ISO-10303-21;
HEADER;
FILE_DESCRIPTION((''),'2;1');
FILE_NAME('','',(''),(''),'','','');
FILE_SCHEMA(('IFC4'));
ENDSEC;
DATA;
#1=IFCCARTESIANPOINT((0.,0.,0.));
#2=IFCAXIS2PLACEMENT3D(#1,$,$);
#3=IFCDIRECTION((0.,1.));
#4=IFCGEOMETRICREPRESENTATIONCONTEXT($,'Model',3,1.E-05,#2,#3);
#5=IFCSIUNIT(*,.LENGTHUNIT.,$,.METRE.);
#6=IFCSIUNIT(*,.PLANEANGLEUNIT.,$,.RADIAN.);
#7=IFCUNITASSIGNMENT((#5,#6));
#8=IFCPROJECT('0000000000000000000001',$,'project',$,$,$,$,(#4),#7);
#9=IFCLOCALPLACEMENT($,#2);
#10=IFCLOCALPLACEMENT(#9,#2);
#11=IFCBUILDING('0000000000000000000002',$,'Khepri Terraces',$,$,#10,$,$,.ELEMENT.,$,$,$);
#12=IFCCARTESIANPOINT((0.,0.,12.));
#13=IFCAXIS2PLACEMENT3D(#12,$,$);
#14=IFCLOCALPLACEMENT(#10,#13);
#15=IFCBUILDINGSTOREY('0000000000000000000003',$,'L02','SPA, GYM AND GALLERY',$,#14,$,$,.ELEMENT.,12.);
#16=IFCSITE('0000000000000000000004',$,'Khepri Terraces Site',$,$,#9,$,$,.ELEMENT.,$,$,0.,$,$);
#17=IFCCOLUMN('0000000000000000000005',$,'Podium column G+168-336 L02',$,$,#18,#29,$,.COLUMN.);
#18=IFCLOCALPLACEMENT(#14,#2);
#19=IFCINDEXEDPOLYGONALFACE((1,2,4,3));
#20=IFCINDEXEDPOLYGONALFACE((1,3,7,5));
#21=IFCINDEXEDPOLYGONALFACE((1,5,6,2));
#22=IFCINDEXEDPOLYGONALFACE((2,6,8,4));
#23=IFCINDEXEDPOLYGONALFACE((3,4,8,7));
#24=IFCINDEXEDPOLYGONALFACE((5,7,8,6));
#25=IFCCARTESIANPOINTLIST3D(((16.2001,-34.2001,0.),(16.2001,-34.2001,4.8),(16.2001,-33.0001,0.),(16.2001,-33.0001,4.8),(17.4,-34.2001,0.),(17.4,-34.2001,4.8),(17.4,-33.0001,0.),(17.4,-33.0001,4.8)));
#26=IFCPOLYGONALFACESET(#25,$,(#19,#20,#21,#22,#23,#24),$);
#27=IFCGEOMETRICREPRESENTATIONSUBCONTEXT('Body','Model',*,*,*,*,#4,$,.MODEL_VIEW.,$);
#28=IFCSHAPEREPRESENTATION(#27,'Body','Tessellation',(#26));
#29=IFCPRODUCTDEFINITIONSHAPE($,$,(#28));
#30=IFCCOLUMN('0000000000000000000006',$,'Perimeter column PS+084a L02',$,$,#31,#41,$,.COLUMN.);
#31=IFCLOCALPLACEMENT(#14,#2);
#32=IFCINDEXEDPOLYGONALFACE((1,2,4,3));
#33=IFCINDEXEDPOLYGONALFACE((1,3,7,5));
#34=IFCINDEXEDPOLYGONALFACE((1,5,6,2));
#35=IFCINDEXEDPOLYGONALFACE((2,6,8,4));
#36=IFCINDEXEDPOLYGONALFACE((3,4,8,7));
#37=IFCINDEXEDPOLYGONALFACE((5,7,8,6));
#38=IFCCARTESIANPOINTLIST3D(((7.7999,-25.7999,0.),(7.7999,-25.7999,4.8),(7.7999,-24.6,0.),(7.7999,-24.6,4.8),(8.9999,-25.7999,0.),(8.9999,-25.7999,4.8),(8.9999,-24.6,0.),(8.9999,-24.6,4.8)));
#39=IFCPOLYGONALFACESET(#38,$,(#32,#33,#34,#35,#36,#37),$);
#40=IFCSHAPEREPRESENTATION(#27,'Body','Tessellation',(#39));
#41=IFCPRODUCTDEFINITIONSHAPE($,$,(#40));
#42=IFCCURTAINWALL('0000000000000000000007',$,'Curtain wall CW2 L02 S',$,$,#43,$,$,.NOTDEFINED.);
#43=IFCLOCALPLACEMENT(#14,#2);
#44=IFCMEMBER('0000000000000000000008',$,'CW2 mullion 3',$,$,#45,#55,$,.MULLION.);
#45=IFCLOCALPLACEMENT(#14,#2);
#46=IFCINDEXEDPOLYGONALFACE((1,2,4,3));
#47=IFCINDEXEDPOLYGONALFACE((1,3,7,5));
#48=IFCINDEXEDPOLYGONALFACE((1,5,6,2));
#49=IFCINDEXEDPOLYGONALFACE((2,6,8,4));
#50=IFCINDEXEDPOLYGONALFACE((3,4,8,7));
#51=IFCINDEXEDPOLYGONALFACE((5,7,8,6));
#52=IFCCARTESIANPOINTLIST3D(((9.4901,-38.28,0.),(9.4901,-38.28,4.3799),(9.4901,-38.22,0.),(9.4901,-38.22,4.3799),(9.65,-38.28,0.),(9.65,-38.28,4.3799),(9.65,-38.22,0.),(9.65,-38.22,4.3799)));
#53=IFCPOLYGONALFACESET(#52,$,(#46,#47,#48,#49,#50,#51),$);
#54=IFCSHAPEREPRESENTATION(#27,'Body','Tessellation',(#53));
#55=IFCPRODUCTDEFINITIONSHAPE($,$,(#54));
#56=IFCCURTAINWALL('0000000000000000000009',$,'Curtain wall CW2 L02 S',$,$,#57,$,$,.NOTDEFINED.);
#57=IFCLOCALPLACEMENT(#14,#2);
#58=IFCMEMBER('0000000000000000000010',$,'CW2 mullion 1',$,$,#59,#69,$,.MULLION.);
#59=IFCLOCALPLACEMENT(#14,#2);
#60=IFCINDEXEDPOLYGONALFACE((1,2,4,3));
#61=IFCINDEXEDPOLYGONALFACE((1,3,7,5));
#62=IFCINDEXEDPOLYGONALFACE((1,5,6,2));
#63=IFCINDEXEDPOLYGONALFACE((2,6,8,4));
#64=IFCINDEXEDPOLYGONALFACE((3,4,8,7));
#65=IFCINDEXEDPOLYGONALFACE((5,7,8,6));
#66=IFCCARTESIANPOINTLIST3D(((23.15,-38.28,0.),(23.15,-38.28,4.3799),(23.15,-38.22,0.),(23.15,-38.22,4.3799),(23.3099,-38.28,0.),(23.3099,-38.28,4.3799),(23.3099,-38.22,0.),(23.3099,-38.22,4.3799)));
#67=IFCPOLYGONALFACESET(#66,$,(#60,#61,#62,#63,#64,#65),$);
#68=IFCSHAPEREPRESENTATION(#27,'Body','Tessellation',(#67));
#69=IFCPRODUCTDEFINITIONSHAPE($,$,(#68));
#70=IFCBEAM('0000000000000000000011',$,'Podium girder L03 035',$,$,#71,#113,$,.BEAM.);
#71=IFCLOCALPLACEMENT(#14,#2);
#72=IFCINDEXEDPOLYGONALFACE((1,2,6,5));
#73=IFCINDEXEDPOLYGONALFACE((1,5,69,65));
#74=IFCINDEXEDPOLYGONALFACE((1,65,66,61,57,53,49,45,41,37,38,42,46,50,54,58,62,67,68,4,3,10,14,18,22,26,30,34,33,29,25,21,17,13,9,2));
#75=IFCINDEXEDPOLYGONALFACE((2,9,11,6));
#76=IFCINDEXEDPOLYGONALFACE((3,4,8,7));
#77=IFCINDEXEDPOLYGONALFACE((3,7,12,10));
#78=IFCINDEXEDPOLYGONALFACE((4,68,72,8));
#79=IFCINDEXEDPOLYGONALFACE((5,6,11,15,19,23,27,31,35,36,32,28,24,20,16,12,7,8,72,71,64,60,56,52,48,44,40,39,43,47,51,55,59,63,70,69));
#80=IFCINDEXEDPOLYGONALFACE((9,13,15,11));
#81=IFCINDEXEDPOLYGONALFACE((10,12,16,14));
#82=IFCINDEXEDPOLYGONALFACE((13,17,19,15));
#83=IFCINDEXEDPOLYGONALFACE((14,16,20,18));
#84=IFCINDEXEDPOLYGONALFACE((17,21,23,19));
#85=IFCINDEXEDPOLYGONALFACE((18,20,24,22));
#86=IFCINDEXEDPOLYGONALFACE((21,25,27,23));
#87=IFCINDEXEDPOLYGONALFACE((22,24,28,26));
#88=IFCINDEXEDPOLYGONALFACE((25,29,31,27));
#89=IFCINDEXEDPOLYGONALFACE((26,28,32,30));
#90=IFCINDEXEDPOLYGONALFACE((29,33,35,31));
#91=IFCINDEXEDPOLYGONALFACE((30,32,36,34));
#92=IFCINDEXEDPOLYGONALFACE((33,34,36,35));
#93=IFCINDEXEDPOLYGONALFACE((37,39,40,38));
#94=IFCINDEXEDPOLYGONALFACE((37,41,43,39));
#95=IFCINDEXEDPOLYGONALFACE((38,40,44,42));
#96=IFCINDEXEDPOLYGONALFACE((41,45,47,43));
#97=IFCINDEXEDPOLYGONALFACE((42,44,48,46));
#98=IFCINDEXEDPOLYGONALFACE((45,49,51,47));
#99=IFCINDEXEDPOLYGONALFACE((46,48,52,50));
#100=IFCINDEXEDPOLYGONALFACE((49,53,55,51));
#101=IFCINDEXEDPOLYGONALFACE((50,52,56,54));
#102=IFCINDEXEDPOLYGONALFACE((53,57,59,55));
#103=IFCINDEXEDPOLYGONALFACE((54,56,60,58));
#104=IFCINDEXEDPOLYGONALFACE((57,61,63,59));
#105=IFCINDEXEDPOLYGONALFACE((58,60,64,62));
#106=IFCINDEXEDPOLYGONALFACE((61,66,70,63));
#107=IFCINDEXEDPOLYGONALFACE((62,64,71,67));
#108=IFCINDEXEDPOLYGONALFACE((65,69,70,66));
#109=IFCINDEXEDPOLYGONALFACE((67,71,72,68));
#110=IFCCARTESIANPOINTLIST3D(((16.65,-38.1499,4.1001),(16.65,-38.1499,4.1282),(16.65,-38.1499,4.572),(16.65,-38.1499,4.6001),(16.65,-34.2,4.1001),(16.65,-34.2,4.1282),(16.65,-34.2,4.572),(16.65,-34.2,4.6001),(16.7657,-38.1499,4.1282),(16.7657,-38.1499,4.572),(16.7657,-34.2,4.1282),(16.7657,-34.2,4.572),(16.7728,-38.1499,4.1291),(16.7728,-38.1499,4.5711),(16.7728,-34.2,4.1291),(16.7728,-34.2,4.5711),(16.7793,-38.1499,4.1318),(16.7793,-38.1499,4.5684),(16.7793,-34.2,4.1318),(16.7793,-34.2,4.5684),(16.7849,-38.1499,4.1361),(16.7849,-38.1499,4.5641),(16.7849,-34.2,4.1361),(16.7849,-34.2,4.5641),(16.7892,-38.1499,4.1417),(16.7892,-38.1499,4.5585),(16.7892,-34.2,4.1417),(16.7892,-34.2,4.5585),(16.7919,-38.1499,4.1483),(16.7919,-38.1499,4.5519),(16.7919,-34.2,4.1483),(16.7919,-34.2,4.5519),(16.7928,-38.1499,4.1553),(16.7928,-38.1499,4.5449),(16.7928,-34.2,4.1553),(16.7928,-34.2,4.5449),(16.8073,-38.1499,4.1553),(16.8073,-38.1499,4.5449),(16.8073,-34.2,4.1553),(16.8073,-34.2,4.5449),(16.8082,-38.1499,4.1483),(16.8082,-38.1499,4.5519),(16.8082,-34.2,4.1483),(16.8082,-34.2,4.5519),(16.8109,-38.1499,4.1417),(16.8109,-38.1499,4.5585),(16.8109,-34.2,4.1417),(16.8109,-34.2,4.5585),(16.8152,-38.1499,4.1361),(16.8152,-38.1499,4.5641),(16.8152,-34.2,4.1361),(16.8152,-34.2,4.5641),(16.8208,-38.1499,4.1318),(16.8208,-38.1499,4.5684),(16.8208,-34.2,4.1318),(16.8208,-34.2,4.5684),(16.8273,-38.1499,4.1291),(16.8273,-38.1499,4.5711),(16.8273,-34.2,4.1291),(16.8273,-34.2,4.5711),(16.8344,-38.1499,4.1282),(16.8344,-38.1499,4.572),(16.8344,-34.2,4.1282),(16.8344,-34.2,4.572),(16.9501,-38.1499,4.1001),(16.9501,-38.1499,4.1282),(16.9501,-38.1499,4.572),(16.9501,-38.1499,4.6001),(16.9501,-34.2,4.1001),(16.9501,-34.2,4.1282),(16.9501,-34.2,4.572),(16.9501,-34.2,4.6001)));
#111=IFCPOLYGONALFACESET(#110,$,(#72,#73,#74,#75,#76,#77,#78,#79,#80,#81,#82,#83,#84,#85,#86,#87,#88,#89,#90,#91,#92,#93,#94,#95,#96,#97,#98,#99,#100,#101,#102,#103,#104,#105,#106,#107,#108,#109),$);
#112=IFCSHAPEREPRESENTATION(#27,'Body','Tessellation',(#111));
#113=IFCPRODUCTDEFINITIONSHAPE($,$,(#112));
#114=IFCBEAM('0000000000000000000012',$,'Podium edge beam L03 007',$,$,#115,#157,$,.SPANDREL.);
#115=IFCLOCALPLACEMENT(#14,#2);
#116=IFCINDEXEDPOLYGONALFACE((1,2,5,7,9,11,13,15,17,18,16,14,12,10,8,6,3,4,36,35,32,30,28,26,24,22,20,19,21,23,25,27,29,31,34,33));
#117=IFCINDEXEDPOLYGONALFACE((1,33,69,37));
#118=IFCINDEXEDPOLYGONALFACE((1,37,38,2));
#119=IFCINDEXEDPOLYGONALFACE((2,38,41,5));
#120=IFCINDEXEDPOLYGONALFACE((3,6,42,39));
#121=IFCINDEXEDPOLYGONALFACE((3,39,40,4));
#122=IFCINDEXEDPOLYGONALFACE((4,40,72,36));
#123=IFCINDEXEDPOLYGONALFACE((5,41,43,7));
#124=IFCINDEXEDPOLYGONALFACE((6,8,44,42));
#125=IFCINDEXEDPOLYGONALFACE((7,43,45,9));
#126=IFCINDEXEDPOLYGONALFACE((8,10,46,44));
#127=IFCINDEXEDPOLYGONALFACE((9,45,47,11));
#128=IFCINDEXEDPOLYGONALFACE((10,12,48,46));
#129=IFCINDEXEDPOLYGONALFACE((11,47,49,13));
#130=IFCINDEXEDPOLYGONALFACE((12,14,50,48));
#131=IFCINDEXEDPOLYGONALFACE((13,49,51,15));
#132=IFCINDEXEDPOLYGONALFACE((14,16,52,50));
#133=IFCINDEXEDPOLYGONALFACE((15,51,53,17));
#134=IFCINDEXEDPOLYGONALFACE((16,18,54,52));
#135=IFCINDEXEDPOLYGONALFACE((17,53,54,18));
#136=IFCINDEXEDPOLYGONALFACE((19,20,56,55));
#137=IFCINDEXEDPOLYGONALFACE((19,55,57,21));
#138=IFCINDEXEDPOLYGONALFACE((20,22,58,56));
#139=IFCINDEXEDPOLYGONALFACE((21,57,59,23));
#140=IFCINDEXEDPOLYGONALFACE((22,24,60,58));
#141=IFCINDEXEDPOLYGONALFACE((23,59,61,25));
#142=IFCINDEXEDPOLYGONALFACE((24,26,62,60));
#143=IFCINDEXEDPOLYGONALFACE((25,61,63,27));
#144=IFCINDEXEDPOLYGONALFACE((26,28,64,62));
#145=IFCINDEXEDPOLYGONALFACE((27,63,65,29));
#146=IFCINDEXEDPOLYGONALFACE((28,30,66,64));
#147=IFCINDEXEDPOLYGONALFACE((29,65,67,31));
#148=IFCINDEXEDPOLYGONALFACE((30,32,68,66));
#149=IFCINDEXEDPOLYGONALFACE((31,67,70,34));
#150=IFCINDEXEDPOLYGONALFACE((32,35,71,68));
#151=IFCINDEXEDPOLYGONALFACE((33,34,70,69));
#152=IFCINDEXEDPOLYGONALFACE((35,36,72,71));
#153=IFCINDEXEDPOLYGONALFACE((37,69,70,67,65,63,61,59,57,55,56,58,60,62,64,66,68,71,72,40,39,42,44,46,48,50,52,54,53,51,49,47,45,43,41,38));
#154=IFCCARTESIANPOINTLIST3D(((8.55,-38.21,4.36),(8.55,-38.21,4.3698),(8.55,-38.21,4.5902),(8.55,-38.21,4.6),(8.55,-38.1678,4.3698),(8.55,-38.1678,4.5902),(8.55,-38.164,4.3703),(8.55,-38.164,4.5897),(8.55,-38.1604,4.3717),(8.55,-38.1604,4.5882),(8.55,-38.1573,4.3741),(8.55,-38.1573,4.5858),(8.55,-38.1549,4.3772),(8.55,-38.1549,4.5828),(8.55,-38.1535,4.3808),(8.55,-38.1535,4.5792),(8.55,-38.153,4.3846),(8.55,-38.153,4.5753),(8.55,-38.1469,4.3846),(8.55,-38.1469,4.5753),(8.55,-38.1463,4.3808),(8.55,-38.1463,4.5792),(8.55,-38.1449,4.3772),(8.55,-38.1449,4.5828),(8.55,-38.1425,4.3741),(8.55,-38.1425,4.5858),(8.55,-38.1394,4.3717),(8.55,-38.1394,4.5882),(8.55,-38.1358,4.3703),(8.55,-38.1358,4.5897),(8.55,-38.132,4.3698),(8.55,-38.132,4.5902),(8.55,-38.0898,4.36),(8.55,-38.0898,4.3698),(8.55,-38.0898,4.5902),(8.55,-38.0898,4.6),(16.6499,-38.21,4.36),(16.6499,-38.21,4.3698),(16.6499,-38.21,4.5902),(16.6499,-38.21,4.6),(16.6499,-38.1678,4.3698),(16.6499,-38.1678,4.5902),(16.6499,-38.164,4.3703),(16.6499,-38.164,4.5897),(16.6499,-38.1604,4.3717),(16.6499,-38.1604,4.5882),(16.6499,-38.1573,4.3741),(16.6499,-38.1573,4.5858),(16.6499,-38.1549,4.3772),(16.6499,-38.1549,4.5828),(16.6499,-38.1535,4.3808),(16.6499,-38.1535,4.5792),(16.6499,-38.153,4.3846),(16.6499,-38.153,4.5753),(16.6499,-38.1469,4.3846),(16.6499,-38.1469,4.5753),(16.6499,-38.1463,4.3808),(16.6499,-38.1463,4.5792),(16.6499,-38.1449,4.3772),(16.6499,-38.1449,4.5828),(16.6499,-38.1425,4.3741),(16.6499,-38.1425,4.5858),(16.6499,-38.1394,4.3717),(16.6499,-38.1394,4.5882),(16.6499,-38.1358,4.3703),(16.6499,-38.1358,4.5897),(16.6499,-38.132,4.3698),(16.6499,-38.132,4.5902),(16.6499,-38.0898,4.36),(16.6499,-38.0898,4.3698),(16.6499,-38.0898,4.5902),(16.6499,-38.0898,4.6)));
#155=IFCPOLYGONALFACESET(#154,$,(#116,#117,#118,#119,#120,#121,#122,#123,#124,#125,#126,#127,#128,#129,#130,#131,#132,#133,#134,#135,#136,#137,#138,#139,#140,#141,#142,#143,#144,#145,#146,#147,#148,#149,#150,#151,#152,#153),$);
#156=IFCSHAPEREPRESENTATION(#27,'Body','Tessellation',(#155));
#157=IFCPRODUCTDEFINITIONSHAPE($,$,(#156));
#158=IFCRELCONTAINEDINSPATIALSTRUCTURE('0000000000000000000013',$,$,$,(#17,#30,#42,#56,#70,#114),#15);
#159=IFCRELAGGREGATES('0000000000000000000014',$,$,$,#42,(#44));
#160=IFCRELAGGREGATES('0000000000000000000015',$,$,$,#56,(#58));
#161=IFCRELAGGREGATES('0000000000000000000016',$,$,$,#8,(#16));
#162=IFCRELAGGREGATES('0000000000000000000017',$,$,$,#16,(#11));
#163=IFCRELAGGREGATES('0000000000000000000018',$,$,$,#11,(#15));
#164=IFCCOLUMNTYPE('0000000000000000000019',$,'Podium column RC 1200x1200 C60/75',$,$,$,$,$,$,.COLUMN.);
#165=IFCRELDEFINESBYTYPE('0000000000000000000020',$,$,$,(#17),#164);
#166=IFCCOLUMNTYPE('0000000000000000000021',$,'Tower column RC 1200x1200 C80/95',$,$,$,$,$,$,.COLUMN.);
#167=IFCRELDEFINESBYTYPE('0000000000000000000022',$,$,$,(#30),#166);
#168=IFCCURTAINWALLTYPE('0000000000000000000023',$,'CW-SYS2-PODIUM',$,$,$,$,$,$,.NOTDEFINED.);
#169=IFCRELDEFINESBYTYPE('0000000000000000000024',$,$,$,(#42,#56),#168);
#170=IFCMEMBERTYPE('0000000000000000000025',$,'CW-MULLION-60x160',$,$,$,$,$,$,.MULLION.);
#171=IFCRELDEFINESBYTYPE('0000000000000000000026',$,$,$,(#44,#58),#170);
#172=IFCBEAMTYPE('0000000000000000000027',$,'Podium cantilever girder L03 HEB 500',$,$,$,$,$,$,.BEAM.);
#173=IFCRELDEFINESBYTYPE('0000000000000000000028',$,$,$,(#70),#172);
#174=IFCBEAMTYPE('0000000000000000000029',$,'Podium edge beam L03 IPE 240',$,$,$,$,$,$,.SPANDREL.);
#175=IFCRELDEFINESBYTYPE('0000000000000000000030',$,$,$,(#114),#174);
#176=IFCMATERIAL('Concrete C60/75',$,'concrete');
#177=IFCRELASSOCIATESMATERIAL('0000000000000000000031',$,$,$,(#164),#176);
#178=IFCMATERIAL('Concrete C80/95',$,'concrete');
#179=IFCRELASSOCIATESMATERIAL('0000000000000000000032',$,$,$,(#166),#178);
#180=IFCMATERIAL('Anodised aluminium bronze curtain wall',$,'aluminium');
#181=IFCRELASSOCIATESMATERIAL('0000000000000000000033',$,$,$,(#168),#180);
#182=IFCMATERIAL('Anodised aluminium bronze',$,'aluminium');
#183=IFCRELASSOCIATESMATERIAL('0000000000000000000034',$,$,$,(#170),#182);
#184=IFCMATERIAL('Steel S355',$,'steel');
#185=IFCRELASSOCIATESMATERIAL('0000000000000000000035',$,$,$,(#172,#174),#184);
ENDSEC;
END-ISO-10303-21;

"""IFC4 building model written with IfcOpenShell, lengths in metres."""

from ifc_helpers import new_model, si_unit, direction, frame, origin, origin_2d, place, context, subcontext, project, spatial, rectangle, i_section, extrude, material, material_profile, profile_set, type_object, element, aggregate, save


model = new_model("IFC4")

# Units and contexts
model_context = context("Model", 3, precision=1e-05, world=origin(), true_north=direction((0.0, 1.0)))
body_context = subcontext(model_context, "Body", "Model", "MODEL_VIEW")
ifc_project = project(units=[si_unit("LENGTHUNIT", "METRE"), si_unit("PLANEANGLEUNIT", "RADIAN")], contexts=[model_context])

# Site, building, storey
site_placement = place(None, origin())
site = spatial("IfcSite", under=ifc_project, at=site_placement, Name="Khepri Terraces Site", CompositionType="ELEMENT", RefElevation=0.0)
building_placement = place(site_placement, origin())
building = spatial("IfcBuilding", under=site, at=building_placement, Name="Khepri Terraces", CompositionType="ELEMENT")
storey_placement = place(building_placement, frame((0.0, 0.0, 12.0)))
storey = spatial("IfcBuildingStorey", under=building, at=storey_placement, Name="L02", Description="SPA, GYM AND GALLERY", CompositionType="ELEMENT", Elevation=12.0)

# Columns
ifc_material_1 = material(Name="Concrete C60/75", Category="concrete")
ifc_material_profile_1 = material_profile(ifc_material_1, rectangle(XDim=1.2, YDim=1.2, at=origin_2d()), Name="Concrete C60/75", Category="concrete")
ifc_profile_set_1 = profile_set([ifc_material_profile_1], Name="Concrete C60/75")
column_type_1 = type_object("IfcColumnType", Name="Podium column RC 1200x1200 C60/75", PredefinedType="COLUMN", material=ifc_profile_set_1)
column_1_placement = place(storey_placement, frame((16.8, -33.6001, 0.0), z_axis=(0.0, 0.0, 1.0), x_axis=(1.0, 0.0, 0.0)))
element("IfcColumn", 1, at=column_1_placement, inside=storey, type_object=column_type_1, Name="Podium column G+168-336 L02", PredefinedType="COLUMN", context=body_context, shape_type="SweptSolid", body=[
    extrude(rectangle(XDim=1.2, YDim=1.2, at=origin_2d()), origin(), (0.0, 0.0, 1.0), 4.8),
])
ifc_material_2 = material(Name="Concrete C80/95", Category="concrete")
ifc_material_profile_2 = material_profile(ifc_material_2, rectangle(XDim=1.2, YDim=1.2, at=origin_2d()), Name="Concrete C80/95", Category="concrete")
ifc_profile_set_2 = profile_set([ifc_material_profile_2], Name="Concrete C80/95")
column_type_2 = type_object("IfcColumnType", Name="Tower column RC 1200x1200 C80/95", PredefinedType="COLUMN", material=ifc_profile_set_2)
column_2_placement = place(storey_placement, frame((8.3999, -25.2, 0.0), z_axis=(0.0, 0.0, 1.0), x_axis=(1.0, 0.0, 0.0)))
element("IfcColumn", 2, at=column_2_placement, inside=storey, type_object=column_type_2, Name="Perimeter column PS+084a L02", PredefinedType="COLUMN", context=body_context, shape_type="SweptSolid", body=[
    extrude(rectangle(XDim=1.2, YDim=1.2, at=origin_2d()), origin(), (0.0, 0.0, 1.0), 4.8),
])

# Curtain walls, members
ifc_material_3 = material(Name="Anodised aluminium bronze curtain wall", Category="aluminium")
curtain_wall_type = type_object("IfcCurtainWallType", Name="CW-SYS2-PODIUM", PredefinedType="NOTDEFINED", material=ifc_material_3)
curtain_wall_1_placement = place(storey_placement, origin())
curtain_wall_1 = element("IfcCurtainWall", 3, at=curtain_wall_1_placement, inside=storey, type_object=curtain_wall_type, Name="Curtain wall CW2 L02 S", PredefinedType="NOTDEFINED")
ifc_material_4 = material(Name="Anodised aluminium bronze", Category="aluminium")
ifc_material_profile_3 = material_profile(ifc_material_4, rectangle(XDim=0.0601, YDim=0.1599, at=origin_2d()), Name="Anodised aluminium bronze", Category="aluminium")
ifc_profile_set_3 = profile_set([ifc_material_profile_3], Name="Anodised aluminium bronze")
member_type = type_object("IfcMemberType", Name="CW-MULLION-60x160", PredefinedType="MULLION", material=ifc_profile_set_3)
member_1_placement = place(storey_placement, frame((9.5701, -38.25, 0.0), z_axis=(0.0, 0.0, 1.0), x_axis=(0.0, 1.0, 0.0)))
member_1 = element("IfcMember", 4, at=member_1_placement, type_object=member_type, Name="CW2 mullion 3", PredefinedType="MULLION", context=body_context, shape_type="SweptSolid", body=[
    extrude(rectangle(XDim=0.0601, YDim=0.1599, at=origin_2d()), origin(), (0.0, 0.0, 1.0), 4.3799),
])
aggregate(curtain_wall_1, [member_1])
curtain_wall_2_placement = place(storey_placement, origin())
curtain_wall_2 = element("IfcCurtainWall", 5, at=curtain_wall_2_placement, inside=storey, type_object=curtain_wall_type, Name="Curtain wall CW2 L02 S", PredefinedType="NOTDEFINED")
member_2_placement = place(storey_placement, frame((23.23, -38.25, 0.0), z_axis=(0.0, 0.0, 1.0), x_axis=(0.0, 1.0, 0.0)))
member_2 = element("IfcMember", 6, at=member_2_placement, type_object=member_type, Name="CW2 mullion 1", PredefinedType="MULLION", context=body_context, shape_type="SweptSolid", body=[
    extrude(rectangle(XDim=0.0601, YDim=0.1599, at=origin_2d()), origin(), (0.0, 0.0, 1.0), 4.3799),
])
aggregate(curtain_wall_2, [member_2])

# Beams
ifc_material_5 = material(Name="Steel S355", Category="steel")
ifc_material_profile_4 = material_profile(ifc_material_5, i_section(OverallWidth=0.3, OverallDepth=0.5, WebThickness=0.0144, FlangeThickness=0.0281, FilletRadius=0.0271, at=origin_2d()), Name="Steel S355", Category="steel")
ifc_profile_set_4 = profile_set([ifc_material_profile_4], Name="Steel S355")
beam_type_1 = type_object("IfcBeamType", Name="Podium cantilever girder L03 HEB 500", PredefinedType="BEAM", material=ifc_profile_set_4)
beam_1_placement = place(storey_placement, frame((16.8, -38.1499, 4.3501), z_axis=(0.0, 1.0, 0.0), x_axis=(-1.0, 0.0, 0.0)))
element("IfcBeam", 7, at=beam_1_placement, inside=storey, type_object=beam_type_1, Name="Podium girder L03 035", PredefinedType="BEAM", context=body_context, shape_type="SweptSolid", body=[
    extrude(i_section(OverallWidth=0.3, OverallDepth=0.5, WebThickness=0.0144, FlangeThickness=0.0281, FilletRadius=0.0271, at=origin_2d()), origin(), (0.0, 0.0, 1.0), 3.95),
])
ifc_material_profile_5 = material_profile(ifc_material_5, i_section(OverallWidth=0.1201, OverallDepth=0.24, WebThickness=0.0061, FlangeThickness=0.0098, FilletRadius=0.0149, at=origin_2d()), Name="Steel S355", Category="steel")
ifc_profile_set_5 = profile_set([ifc_material_profile_5], Name="Steel S355")
beam_type_2 = type_object("IfcBeamType", Name="Podium edge beam L03 IPE 240", PredefinedType="SPANDREL", material=ifc_profile_set_5)
beam_2_placement = place(storey_placement, frame((8.55, -38.1499, 4.48), z_axis=(1.0, 0.0, 0.0), x_axis=(0.0, 1.0, 0.0)))
element("IfcBeam", 8, at=beam_2_placement, inside=storey, type_object=beam_type_2, Name="Podium edge beam L03 007", PredefinedType="SPANDREL", context=body_context, shape_type="SweptSolid", body=[
    extrude(i_section(OverallWidth=0.1201, OverallDepth=0.24, WebThickness=0.0061, FlangeThickness=0.0098, FilletRadius=0.0149, at=origin_2d()), origin(), (0.0, 0.0, 1.0), 8.0999),
])

save(model, "model.ifc")
